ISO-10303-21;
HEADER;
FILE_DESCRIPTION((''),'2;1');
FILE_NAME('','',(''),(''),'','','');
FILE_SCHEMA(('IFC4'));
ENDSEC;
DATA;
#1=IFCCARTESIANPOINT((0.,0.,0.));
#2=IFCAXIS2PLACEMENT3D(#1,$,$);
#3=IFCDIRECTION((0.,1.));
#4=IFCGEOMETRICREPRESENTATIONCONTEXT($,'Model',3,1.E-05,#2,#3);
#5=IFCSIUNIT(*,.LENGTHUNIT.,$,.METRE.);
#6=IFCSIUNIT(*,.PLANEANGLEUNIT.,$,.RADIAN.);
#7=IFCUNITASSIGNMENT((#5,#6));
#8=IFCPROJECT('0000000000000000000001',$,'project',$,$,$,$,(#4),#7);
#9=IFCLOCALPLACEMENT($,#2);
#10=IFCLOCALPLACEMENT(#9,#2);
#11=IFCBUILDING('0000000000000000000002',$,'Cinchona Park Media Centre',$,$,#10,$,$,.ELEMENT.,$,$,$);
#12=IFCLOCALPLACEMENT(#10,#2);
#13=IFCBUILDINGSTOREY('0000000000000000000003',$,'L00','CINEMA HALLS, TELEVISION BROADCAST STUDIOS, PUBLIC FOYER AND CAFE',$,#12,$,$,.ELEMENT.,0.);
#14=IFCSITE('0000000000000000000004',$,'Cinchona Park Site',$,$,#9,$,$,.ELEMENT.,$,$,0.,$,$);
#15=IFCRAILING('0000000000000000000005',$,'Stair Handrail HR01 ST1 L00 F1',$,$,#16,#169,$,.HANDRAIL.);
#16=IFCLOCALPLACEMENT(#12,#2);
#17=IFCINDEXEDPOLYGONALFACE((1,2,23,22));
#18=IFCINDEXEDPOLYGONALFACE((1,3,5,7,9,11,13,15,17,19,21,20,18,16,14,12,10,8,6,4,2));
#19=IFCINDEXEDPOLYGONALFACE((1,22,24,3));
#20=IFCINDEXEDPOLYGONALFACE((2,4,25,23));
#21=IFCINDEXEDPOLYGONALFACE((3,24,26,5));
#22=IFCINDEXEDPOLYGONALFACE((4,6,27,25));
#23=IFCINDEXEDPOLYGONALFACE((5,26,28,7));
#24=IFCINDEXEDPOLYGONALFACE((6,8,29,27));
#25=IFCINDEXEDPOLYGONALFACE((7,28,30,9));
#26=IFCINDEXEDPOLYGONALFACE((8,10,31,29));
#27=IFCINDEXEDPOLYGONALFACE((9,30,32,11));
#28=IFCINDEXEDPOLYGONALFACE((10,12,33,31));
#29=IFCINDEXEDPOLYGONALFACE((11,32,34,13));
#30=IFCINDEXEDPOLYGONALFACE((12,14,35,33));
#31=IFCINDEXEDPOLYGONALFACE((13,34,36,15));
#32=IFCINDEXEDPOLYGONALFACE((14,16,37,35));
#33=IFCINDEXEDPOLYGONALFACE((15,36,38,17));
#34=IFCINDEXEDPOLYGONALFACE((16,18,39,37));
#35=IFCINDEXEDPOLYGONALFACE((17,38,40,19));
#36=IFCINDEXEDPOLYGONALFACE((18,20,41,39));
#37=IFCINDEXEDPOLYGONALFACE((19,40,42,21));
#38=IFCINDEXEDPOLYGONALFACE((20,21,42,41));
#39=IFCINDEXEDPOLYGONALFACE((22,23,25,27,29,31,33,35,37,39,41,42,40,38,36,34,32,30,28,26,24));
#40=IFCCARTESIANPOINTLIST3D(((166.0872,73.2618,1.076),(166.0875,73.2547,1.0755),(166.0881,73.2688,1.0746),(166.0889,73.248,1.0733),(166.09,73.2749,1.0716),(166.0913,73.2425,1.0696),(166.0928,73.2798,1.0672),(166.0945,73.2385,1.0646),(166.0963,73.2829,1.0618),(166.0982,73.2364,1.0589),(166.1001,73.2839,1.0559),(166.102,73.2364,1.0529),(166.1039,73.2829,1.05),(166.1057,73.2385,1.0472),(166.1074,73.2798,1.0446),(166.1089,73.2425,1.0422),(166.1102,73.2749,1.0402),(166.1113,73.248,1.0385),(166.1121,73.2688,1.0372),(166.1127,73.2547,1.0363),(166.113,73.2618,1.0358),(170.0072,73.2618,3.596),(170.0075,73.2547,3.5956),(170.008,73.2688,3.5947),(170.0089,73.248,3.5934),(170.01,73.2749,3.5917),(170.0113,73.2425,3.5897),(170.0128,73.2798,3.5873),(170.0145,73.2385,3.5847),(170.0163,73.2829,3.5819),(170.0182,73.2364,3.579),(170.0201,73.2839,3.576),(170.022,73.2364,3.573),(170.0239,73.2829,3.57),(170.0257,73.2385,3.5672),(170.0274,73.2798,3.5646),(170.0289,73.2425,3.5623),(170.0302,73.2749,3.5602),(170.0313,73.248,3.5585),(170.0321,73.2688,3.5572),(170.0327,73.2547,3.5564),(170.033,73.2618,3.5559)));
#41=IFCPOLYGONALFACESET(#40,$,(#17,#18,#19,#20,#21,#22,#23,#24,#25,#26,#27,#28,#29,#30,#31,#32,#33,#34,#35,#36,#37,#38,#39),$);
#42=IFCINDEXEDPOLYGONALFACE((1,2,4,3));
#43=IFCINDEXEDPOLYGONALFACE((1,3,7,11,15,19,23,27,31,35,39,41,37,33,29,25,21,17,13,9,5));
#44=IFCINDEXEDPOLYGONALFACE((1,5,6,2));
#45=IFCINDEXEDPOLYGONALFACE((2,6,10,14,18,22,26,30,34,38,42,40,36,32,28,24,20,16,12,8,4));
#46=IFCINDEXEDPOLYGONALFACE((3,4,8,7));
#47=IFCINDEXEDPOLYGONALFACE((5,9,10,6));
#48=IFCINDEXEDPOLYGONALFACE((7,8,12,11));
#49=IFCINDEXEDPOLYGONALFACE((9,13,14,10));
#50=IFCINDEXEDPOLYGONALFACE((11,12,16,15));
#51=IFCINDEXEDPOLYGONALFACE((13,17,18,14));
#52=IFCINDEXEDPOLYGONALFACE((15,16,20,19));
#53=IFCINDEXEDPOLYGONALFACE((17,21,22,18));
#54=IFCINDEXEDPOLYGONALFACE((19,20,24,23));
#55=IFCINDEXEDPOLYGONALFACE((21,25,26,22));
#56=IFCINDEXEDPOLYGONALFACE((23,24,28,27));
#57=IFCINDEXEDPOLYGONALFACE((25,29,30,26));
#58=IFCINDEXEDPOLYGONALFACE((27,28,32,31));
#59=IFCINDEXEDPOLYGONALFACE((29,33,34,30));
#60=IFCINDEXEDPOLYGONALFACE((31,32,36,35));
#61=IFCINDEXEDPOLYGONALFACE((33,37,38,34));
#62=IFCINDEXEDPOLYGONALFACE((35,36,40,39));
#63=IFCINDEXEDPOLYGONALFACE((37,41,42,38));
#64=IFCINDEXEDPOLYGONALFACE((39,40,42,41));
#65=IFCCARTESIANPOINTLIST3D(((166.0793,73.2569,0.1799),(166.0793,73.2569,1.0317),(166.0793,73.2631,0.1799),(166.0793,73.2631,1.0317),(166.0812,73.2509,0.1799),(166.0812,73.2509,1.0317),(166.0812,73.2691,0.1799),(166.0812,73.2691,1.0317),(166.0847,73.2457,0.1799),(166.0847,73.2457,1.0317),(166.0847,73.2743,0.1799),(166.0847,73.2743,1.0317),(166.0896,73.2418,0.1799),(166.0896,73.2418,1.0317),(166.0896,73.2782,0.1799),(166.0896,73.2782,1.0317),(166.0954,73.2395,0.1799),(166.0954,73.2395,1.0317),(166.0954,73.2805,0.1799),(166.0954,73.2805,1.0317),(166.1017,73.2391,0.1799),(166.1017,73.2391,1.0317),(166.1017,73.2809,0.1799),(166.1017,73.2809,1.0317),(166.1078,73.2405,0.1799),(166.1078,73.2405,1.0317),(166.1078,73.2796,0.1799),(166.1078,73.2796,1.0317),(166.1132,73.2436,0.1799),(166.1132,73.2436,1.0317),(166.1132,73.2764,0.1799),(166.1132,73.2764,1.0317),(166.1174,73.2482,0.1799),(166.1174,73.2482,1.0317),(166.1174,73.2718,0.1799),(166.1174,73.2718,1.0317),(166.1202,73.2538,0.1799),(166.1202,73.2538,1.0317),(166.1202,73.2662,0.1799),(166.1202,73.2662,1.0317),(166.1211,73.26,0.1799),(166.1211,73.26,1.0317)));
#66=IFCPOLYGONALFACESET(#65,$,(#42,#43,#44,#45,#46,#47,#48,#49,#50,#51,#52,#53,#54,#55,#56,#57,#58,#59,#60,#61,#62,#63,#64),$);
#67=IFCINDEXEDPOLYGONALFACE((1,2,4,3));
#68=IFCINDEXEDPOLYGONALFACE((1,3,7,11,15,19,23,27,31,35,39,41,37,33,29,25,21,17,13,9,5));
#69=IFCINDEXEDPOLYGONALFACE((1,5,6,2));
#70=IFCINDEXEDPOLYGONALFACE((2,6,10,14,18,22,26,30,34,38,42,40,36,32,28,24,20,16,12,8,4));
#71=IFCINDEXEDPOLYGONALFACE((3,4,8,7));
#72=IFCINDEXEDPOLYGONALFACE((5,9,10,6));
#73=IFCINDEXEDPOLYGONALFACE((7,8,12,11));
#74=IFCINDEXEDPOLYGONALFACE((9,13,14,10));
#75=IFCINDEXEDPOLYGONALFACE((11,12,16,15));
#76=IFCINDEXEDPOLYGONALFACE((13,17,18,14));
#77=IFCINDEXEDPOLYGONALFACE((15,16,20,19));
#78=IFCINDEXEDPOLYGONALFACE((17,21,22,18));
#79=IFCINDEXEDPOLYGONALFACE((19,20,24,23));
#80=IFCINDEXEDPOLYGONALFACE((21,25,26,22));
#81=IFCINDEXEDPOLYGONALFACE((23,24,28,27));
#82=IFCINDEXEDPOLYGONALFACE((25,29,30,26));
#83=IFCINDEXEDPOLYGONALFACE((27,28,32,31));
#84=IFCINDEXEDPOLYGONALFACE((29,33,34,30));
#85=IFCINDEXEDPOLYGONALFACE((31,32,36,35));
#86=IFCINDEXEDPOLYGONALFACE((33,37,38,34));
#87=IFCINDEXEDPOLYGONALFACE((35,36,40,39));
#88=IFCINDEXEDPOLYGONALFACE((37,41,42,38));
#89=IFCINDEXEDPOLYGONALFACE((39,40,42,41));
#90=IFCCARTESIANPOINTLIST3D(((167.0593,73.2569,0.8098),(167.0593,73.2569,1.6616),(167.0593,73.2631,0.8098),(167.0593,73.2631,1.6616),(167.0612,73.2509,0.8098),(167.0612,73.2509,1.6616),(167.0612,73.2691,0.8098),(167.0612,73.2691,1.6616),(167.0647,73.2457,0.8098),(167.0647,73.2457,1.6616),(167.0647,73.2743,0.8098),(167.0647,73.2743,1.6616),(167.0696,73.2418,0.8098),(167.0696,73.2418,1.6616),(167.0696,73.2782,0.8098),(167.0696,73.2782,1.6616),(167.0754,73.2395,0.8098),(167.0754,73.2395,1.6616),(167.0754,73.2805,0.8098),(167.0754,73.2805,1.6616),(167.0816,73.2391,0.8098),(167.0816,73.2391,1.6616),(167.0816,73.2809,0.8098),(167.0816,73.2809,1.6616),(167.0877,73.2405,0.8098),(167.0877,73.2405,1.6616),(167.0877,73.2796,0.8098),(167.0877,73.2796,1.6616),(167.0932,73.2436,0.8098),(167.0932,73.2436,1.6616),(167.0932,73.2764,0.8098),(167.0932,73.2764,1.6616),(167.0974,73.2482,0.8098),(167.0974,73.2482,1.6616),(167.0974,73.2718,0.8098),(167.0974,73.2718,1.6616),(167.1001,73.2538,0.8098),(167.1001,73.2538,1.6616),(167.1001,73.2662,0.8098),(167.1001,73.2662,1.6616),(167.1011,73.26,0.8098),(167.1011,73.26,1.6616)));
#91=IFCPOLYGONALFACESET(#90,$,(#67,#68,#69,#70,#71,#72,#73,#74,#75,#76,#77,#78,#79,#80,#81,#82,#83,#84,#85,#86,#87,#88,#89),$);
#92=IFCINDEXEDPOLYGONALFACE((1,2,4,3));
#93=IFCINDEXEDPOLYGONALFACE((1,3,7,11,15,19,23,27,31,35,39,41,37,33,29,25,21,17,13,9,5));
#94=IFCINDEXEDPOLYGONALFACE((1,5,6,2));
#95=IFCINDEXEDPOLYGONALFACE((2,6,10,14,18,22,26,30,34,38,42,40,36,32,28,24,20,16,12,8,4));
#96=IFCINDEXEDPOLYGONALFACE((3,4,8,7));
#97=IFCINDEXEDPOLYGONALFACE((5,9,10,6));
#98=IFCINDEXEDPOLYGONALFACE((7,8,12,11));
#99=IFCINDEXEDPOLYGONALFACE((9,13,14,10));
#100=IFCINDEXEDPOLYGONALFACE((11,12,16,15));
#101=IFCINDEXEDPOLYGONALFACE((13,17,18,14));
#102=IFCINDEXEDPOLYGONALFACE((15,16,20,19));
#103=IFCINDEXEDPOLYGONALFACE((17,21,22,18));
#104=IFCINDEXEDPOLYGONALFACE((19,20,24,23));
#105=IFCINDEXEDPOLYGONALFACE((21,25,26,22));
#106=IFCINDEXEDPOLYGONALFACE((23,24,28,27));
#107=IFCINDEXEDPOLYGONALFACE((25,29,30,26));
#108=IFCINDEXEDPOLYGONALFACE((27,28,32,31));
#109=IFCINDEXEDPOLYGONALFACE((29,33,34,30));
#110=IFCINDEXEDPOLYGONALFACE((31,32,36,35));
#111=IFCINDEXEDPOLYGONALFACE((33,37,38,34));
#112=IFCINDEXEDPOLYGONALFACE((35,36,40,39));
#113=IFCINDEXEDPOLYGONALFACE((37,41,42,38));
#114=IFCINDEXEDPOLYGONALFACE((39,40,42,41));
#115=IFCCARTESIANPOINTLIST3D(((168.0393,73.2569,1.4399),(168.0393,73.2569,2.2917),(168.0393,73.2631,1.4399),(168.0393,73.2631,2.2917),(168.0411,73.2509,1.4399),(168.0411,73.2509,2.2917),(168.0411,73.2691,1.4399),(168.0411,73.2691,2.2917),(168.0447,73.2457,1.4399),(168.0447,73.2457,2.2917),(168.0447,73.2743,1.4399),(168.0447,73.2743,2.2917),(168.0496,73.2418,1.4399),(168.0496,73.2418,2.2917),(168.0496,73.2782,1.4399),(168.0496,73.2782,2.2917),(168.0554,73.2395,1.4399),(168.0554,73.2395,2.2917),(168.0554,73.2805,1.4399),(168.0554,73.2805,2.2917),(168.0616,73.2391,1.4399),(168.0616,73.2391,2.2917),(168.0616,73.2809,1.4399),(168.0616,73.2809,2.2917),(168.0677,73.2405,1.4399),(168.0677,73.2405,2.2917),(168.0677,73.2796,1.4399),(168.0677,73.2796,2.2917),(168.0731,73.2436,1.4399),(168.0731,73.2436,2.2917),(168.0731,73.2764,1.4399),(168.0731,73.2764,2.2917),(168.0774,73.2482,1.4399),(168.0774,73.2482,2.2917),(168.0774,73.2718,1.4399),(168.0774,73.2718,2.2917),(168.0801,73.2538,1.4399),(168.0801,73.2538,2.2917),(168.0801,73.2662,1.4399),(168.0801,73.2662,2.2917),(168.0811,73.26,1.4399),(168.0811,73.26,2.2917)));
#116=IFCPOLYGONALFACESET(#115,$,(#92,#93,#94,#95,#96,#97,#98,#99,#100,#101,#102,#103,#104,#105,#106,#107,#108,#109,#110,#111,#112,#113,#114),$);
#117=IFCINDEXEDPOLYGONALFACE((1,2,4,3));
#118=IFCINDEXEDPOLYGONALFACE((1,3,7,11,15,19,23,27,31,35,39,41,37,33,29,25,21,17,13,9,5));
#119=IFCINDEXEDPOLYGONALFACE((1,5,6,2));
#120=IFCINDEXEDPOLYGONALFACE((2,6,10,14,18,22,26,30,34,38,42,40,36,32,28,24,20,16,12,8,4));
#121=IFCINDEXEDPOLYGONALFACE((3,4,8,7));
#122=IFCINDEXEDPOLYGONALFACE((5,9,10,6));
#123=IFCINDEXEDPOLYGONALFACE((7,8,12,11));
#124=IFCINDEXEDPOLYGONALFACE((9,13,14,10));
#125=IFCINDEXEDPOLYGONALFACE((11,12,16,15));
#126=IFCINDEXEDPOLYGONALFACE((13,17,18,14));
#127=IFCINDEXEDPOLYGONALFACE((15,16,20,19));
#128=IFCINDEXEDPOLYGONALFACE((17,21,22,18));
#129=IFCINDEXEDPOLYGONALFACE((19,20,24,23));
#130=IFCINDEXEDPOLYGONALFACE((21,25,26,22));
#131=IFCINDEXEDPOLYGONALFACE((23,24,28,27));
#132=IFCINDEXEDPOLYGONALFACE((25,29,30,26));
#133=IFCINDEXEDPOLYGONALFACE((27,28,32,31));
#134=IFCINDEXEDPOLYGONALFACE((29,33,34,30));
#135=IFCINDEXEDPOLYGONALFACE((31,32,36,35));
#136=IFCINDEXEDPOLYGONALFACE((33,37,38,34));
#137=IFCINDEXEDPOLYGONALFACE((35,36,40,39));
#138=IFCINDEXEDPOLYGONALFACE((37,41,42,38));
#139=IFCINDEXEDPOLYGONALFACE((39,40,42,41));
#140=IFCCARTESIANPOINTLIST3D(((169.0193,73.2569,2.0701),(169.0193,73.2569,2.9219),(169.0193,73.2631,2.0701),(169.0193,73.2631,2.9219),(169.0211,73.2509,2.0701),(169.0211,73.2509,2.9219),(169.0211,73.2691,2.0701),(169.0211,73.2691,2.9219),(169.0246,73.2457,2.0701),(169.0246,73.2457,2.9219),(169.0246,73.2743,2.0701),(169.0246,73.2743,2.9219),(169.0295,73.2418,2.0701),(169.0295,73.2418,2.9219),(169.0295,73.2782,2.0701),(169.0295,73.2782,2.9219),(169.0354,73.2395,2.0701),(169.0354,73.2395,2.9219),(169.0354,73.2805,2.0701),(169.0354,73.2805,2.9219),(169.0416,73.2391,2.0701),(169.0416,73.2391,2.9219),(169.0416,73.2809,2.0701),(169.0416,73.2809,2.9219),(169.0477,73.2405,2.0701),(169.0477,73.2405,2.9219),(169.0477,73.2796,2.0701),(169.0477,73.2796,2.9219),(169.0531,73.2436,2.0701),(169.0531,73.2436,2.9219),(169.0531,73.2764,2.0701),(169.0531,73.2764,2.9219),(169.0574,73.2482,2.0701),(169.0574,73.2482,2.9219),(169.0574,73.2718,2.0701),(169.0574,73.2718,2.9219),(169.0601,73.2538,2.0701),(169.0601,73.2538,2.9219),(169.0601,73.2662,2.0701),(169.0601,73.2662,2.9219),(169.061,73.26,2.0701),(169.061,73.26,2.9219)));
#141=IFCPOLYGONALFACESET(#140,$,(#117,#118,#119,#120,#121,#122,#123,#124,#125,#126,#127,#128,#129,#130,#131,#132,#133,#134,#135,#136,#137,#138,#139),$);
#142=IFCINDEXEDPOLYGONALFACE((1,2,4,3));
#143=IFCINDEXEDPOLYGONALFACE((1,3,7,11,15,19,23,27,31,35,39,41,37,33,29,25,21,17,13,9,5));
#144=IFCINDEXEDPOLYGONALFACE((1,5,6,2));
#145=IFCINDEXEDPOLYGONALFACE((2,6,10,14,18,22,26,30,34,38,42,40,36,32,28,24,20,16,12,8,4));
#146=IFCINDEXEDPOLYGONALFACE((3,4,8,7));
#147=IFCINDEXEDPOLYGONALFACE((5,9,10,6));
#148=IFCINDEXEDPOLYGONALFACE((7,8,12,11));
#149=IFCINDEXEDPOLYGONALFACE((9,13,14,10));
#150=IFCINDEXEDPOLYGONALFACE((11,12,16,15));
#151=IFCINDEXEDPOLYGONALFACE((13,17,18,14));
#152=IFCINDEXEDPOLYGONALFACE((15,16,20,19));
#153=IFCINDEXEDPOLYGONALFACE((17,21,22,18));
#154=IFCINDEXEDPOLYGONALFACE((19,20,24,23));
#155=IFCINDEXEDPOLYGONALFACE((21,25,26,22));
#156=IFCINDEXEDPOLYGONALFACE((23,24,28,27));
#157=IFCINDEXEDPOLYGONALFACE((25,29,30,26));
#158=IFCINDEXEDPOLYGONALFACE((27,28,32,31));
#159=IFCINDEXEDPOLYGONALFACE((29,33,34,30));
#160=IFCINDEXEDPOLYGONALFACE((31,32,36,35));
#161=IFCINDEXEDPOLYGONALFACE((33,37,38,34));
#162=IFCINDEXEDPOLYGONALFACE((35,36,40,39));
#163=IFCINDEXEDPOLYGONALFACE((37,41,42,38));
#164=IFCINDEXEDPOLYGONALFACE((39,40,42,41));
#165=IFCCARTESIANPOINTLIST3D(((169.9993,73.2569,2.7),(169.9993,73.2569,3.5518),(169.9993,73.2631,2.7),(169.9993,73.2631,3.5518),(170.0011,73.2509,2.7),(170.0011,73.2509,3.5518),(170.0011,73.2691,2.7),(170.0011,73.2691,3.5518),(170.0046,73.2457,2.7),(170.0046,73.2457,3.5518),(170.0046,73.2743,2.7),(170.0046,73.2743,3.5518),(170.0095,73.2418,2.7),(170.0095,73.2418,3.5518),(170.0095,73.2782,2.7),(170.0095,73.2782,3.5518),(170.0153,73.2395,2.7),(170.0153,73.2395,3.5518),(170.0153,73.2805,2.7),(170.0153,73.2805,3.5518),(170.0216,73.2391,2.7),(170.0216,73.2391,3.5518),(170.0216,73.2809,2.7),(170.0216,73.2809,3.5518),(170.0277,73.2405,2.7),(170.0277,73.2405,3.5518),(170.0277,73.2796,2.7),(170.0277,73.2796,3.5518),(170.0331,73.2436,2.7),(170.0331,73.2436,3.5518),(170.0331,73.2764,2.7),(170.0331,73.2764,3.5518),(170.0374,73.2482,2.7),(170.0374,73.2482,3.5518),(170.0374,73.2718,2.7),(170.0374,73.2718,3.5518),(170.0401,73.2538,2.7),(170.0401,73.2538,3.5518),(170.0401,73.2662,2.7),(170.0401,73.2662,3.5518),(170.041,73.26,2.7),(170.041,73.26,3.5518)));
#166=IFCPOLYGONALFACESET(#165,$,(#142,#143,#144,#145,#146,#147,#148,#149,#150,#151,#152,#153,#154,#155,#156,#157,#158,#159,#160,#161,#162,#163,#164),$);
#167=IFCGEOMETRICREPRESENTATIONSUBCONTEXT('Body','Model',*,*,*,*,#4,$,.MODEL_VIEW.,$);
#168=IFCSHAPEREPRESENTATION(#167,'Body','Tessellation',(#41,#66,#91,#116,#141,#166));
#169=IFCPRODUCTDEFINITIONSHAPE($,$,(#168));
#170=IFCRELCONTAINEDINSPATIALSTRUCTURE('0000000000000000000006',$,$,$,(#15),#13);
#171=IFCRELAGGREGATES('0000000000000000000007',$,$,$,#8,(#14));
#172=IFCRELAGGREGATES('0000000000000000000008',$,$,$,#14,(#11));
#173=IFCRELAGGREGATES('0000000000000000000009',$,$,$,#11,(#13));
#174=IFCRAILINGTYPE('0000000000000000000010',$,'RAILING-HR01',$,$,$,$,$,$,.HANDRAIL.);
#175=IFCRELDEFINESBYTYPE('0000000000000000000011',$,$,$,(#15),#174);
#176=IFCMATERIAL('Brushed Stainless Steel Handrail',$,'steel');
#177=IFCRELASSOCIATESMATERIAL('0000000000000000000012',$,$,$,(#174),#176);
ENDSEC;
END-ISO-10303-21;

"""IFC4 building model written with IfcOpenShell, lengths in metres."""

from ifc_helpers import new_model, si_unit, direction, frame, origin, origin_2d, place, context, subcontext, project, spatial, circle, extrude, material, type_object, element, save


model = new_model("IFC4")

# Units and contexts
model_context = context("Model", 3, precision=1e-05, world=origin(), true_north=direction((0.0, 1.0)))
body_context = subcontext(model_context, "Body", "Model", "MODEL_VIEW")
ifc_project = project(units=[si_unit("LENGTHUNIT", "METRE"), si_unit("PLANEANGLEUNIT", "RADIAN")], contexts=[model_context])

# Site, building, storey
site_placement = place(None, origin())
site = spatial("IfcSite", under=ifc_project, at=site_placement, Name="Cinchona Park Site", CompositionType="ELEMENT", RefElevation=0.0)
building_placement = place(site_placement, origin())
building = spatial("IfcBuilding", under=site, at=building_placement, Name="Cinchona Park Media Centre", CompositionType="ELEMENT")
storey_placement = place(building_placement, origin())
storey = spatial("IfcBuildingStorey", under=building, at=storey_placement, Name="L00", Description="CINEMA HALLS, TELEVISION BROADCAST STUDIOS, PUBLIC FOYER AND CAFE", CompositionType="ELEMENT", Elevation=0.0)

# Railing
ifc_material_1 = material(Name="Brushed Stainless Steel Handrail", Category="steel")
railing_type_1 = type_object("IfcRailingType", Name="RAILING-HR01", PredefinedType="HANDRAIL", material=ifc_material_1)
railing_1_placement = place(storey_placement, frame((166.1001, 73.26, 0.1799)))
element("IfcRailing", 1, at=railing_1_placement, inside=storey, type_object=railing_type_1, Name="Stair Handrail HR01 ST1 L00 F1", PredefinedType="HANDRAIL", context=body_context, shape_type="SweptSolid", body=[
    extrude(circle(Radius=0.0239, at=origin_2d()), frame((0.0, 0.0, 0.876), z_axis=(0.841172, 0.0, 0.540768), x_axis=(0.0, 1.0, 0.0)), (0.0, 0.0, 1.0), 4.6602),
    extrude(circle(Radius=0.021, at=origin_2d()), origin(), (0.0, 0.0, 1.0), 0.8518),
    extrude(circle(Radius=0.021, at=origin_2d()), frame((0.98, 0.0, 0.6299)), (0.0, 0.0, 1.0), 0.8518),
    extrude(circle(Radius=0.021, at=origin_2d()), frame((1.96, 0.0, 1.26)), (0.0, 0.0, 1.0), 0.8518),
    extrude(circle(Radius=0.021, at=origin_2d()), frame((2.9399, 0.0, 1.8901)), (0.0, 0.0, 1.0), 0.8518),
    extrude(circle(Radius=0.021, at=origin_2d()), frame((3.9199, 0.0, 2.52)), (0.0, 0.0, 1.0), 0.8518),
])

save(model, "model.ifc")
